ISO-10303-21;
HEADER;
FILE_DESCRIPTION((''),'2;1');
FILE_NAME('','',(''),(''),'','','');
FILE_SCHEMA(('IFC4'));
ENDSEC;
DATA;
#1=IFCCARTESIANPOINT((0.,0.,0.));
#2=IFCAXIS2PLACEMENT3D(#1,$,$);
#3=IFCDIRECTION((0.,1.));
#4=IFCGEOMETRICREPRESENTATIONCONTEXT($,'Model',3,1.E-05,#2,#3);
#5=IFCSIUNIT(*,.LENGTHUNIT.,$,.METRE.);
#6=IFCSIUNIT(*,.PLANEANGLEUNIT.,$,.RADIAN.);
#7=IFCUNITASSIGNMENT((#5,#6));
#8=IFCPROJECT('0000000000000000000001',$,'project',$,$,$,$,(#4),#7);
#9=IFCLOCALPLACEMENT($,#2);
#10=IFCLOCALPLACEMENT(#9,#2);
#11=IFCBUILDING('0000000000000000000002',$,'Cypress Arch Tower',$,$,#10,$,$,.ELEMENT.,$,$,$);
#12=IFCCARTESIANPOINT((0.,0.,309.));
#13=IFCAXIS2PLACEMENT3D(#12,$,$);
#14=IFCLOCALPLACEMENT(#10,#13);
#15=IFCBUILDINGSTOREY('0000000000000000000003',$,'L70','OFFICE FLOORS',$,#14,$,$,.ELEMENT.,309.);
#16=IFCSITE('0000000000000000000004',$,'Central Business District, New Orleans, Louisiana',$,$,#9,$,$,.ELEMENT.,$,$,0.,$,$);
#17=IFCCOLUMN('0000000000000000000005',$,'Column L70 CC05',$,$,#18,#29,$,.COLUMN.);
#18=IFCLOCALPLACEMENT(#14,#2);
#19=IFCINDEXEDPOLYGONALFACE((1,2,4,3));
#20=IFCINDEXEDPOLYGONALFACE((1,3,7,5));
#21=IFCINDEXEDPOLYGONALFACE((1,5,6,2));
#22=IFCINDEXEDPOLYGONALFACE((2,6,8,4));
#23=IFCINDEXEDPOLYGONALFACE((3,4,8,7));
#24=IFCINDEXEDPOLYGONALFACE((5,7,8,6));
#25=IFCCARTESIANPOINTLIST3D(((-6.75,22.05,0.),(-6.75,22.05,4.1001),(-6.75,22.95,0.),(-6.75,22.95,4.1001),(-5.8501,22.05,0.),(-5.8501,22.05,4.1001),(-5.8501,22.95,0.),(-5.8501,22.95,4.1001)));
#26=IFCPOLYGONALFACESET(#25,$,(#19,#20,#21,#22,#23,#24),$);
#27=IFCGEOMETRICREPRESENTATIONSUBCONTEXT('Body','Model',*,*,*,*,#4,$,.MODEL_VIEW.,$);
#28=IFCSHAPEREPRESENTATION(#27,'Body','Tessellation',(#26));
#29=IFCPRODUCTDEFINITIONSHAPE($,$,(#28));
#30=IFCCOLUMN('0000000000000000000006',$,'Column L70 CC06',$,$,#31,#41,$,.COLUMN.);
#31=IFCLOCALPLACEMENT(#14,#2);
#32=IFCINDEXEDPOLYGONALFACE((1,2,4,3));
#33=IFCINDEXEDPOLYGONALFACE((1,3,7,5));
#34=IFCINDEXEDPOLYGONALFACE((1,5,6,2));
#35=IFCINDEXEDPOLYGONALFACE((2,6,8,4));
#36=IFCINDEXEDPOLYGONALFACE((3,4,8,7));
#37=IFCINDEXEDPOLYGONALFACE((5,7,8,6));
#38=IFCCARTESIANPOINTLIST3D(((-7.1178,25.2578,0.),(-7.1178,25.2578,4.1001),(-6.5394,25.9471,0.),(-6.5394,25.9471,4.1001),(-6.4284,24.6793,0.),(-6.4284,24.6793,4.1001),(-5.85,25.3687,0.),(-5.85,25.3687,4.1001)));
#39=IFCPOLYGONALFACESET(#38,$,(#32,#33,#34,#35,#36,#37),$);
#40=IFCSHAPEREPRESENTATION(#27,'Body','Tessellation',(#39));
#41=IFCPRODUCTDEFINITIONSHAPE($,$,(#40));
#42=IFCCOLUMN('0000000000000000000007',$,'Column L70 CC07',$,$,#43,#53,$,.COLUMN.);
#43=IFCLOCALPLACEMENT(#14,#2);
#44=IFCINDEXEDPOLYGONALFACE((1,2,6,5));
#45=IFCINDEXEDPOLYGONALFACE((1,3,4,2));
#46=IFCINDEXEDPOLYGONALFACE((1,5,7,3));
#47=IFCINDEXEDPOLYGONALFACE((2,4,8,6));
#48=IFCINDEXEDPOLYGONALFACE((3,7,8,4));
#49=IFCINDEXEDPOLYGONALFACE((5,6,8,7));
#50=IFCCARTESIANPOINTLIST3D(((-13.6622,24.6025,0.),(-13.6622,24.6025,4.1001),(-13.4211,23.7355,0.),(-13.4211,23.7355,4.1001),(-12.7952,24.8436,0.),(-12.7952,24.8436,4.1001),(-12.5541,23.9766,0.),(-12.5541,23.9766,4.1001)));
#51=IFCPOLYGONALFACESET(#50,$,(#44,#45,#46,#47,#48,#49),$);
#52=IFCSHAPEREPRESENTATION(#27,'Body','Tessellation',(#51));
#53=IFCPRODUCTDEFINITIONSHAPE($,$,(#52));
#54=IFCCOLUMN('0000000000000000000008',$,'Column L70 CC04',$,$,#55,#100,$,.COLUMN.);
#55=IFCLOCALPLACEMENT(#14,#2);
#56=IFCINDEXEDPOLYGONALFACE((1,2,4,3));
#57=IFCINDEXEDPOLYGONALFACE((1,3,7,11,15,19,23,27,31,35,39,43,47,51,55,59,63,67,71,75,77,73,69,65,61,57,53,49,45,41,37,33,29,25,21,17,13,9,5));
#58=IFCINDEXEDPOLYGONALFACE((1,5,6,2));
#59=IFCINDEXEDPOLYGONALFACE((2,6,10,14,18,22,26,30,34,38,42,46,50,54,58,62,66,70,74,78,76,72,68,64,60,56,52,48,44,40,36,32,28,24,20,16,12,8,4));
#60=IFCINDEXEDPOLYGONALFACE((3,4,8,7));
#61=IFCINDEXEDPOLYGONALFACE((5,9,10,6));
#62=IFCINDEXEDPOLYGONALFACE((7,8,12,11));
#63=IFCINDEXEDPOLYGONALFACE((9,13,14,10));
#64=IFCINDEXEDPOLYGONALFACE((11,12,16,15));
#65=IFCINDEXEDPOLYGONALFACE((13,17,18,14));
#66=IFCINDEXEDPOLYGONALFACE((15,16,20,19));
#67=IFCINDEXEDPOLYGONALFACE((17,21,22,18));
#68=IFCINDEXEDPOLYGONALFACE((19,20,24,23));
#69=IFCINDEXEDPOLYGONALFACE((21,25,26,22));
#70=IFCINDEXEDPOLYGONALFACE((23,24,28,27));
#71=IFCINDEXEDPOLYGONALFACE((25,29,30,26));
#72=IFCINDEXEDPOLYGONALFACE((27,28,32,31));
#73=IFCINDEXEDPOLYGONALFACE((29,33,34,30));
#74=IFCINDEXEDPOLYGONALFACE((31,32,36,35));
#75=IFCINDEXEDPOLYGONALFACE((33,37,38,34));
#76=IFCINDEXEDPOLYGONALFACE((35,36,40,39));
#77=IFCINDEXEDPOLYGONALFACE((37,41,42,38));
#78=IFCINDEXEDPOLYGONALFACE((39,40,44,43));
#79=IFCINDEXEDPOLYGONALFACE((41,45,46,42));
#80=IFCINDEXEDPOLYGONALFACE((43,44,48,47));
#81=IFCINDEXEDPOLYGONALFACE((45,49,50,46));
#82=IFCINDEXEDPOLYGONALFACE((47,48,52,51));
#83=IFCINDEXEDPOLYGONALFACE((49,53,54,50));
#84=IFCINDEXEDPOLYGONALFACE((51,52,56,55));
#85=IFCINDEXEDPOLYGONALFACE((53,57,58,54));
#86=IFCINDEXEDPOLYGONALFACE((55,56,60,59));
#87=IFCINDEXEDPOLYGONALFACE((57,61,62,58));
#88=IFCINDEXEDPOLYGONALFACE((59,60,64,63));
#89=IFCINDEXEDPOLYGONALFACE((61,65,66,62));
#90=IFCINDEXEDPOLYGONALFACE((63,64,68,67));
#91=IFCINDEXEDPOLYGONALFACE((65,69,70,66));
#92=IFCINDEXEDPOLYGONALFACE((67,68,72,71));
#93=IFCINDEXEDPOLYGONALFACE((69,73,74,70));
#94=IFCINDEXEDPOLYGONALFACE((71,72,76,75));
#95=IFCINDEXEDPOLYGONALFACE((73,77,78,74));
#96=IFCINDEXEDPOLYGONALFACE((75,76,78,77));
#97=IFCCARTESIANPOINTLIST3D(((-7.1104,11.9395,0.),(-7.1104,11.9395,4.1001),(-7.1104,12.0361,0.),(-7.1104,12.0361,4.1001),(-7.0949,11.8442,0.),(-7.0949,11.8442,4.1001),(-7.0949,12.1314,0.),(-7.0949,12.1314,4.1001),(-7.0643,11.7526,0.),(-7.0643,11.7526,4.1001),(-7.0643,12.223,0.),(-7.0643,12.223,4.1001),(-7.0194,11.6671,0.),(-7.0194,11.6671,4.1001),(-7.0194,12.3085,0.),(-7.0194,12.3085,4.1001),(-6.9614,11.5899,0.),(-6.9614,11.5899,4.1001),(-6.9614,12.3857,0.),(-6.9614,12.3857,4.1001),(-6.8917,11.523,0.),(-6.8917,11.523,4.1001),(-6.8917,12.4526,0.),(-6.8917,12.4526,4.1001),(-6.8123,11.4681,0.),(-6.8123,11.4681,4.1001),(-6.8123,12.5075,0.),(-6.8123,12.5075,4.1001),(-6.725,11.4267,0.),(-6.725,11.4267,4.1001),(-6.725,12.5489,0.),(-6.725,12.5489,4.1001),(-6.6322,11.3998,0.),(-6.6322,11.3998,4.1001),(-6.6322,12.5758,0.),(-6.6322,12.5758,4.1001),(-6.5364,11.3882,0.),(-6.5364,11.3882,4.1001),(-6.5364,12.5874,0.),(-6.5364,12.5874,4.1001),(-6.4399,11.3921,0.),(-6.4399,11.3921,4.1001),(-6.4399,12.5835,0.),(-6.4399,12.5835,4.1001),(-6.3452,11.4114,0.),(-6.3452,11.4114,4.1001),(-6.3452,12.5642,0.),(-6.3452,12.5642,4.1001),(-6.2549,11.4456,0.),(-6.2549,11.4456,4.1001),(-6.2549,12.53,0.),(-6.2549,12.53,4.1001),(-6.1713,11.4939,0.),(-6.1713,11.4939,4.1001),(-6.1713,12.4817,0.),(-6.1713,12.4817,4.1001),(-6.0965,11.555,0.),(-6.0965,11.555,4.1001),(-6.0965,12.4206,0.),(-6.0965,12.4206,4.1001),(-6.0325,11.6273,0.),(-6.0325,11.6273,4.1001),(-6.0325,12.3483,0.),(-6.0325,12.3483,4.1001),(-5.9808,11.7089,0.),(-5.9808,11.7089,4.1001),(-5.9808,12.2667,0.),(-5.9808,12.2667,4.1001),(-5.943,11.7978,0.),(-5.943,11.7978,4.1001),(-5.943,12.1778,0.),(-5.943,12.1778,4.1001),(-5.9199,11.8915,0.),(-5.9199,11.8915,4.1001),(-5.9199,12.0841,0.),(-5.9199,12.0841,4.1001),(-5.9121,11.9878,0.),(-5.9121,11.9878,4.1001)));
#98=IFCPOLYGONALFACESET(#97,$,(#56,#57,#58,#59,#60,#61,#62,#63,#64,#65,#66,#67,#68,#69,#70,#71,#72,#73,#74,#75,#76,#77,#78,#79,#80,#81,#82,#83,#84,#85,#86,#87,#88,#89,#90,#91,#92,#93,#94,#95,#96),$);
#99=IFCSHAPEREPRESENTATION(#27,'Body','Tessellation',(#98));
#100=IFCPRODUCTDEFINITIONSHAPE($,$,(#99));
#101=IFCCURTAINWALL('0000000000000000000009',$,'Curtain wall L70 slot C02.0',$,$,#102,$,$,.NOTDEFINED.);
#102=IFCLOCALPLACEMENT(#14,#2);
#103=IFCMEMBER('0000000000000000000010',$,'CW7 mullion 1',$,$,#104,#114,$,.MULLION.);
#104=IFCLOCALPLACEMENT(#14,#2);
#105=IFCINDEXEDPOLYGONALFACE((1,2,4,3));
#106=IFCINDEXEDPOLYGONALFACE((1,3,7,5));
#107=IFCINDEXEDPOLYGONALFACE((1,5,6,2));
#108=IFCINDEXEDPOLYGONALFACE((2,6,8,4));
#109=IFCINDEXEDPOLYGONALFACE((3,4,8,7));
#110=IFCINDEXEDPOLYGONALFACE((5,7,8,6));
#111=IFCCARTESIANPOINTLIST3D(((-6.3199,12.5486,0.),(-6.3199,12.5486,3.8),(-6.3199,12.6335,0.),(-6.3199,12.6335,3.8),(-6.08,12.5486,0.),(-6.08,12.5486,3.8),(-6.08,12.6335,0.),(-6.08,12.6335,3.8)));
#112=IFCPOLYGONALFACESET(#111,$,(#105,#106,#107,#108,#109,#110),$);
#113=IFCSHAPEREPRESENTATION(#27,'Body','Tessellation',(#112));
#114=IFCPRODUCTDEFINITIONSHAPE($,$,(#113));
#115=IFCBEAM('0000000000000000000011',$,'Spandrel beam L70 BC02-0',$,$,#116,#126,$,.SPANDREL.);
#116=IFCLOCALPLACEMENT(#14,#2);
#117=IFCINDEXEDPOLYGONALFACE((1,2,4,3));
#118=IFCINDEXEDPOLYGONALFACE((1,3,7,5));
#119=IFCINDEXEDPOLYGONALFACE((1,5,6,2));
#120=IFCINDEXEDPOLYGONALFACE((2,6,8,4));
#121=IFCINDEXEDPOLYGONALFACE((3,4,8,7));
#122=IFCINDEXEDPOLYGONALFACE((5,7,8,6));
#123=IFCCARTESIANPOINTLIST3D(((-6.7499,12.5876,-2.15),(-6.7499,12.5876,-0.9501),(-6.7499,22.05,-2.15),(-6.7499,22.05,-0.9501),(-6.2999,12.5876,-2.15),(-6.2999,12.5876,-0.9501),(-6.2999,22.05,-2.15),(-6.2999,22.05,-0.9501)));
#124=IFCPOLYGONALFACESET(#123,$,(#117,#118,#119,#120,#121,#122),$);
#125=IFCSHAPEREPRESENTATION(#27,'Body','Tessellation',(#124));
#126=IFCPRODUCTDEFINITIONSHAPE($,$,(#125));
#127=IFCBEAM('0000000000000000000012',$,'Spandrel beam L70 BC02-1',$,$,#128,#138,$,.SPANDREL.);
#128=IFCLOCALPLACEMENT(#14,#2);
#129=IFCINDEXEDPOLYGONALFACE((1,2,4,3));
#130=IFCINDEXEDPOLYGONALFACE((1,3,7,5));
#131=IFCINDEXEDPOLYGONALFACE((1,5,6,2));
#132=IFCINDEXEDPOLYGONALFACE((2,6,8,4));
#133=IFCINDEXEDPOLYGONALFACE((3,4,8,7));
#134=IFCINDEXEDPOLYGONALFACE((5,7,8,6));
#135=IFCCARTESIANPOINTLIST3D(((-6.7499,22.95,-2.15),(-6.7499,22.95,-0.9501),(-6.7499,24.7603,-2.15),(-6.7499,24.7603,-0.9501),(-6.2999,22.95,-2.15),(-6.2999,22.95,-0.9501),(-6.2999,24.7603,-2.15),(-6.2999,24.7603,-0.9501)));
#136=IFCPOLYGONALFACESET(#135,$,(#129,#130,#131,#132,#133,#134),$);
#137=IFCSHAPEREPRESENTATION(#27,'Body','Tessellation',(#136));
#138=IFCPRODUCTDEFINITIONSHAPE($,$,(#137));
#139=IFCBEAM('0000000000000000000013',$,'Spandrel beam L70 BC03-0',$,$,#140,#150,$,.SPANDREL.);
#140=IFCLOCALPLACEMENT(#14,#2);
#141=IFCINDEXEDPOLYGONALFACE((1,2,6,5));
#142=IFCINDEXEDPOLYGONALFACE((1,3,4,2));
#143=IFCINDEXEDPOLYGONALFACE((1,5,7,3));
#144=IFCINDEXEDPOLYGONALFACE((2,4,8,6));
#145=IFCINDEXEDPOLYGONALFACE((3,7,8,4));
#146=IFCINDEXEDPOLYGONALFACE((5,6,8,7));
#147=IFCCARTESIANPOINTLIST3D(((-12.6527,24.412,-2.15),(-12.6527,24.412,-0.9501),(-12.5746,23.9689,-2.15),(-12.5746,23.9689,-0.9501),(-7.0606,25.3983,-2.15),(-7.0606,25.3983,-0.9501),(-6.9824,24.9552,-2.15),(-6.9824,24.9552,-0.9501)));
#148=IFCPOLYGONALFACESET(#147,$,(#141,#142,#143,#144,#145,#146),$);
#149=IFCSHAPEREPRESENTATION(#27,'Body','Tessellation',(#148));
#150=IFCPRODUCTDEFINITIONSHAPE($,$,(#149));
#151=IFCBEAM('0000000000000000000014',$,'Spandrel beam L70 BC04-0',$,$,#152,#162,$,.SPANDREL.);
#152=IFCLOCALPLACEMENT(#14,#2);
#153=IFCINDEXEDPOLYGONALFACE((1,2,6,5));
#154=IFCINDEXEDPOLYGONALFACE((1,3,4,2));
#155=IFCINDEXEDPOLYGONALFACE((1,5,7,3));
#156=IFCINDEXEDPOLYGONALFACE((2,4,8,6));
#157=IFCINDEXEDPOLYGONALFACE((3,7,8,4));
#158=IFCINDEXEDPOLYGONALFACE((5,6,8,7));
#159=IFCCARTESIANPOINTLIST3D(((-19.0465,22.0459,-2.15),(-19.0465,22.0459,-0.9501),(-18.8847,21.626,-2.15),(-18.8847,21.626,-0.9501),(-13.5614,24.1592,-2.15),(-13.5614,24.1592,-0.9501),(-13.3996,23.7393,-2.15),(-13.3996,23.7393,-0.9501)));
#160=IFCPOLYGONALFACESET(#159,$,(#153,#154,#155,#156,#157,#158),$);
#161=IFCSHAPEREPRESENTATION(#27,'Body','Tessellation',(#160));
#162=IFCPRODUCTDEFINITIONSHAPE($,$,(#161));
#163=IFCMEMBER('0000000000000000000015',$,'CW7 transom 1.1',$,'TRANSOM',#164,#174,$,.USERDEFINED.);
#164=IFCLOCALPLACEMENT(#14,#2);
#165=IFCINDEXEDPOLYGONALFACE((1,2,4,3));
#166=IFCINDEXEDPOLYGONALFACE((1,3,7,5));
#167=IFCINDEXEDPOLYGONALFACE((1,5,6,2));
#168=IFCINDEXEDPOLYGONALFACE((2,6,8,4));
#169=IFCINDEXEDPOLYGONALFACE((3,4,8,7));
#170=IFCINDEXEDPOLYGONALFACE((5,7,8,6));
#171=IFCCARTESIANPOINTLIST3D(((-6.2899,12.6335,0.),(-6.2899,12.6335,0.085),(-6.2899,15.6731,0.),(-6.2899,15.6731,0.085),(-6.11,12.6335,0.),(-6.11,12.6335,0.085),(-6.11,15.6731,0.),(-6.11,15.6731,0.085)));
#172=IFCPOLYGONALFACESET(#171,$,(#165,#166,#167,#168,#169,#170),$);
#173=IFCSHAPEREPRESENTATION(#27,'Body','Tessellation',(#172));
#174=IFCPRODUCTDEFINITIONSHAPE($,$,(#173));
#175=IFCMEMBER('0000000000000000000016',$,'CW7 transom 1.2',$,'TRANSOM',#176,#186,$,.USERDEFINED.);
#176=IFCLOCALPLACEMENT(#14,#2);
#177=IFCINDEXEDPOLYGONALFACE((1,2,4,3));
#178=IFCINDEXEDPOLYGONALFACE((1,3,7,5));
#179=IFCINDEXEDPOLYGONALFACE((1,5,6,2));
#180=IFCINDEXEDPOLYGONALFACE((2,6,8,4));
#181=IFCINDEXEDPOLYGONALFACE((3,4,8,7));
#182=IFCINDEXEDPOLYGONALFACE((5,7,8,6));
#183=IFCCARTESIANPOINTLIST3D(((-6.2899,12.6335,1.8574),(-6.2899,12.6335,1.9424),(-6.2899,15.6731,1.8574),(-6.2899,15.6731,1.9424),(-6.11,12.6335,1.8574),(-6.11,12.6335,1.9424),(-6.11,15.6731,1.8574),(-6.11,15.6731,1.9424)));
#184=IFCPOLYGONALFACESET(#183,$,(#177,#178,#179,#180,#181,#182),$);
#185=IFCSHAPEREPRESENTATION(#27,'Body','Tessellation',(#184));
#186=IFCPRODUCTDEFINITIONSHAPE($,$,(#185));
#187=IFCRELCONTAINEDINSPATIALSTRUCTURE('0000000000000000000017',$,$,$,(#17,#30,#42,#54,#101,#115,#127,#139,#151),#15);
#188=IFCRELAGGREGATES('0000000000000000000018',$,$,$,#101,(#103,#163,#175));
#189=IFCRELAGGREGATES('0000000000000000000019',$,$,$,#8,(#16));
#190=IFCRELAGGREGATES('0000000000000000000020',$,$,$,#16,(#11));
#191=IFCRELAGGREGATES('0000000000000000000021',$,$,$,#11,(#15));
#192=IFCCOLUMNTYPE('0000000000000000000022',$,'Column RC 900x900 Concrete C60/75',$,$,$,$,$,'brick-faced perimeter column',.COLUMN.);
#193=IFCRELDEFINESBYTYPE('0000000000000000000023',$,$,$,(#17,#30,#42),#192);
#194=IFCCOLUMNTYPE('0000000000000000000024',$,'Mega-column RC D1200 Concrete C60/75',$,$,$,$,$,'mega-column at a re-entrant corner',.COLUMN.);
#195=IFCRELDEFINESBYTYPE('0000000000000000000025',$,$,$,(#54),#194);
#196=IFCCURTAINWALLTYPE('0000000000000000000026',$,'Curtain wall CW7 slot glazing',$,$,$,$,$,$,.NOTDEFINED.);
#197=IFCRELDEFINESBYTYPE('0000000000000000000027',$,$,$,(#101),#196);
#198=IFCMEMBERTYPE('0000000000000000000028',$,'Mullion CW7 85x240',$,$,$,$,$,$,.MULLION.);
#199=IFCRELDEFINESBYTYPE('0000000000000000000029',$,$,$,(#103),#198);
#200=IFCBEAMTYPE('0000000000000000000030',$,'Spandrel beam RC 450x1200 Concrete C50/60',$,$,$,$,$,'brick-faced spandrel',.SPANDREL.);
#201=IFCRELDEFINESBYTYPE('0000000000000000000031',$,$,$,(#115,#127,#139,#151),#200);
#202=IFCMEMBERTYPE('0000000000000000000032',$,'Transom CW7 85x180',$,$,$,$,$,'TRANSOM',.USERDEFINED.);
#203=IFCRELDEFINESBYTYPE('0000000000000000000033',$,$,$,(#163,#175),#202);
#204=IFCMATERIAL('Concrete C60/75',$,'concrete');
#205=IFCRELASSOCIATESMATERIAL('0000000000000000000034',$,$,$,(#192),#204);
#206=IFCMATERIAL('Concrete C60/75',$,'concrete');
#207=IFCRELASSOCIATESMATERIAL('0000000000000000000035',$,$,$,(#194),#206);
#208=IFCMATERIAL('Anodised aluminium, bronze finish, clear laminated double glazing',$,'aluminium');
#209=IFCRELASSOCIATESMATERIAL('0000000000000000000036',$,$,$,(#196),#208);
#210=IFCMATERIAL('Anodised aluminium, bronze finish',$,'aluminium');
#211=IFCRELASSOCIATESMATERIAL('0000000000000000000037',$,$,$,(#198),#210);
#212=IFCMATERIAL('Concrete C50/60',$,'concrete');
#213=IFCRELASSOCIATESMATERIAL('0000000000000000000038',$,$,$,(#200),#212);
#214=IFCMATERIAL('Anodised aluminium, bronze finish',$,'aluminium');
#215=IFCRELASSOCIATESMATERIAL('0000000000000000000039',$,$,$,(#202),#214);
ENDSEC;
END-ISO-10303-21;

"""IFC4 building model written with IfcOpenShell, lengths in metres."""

from ifc_helpers import new_model, si_unit, direction, frame, origin, origin_2d, place, context, subcontext, project, spatial, rectangle, circle, extrude, material, material_profile, profile_set, type_object, element, aggregate, save


model = new_model("IFC4")

# Units and contexts
model_context = context("Model", 3, precision=1e-05, world=origin(), true_north=direction((0.0, 1.0)))
body_context = subcontext(model_context, "Body", "Model", "MODEL_VIEW")
ifc_project = project(units=[si_unit("LENGTHUNIT", "METRE"), si_unit("PLANEANGLEUNIT", "RADIAN")], contexts=[model_context])

# Site, building, storey
site_placement = place(None, origin())
site = spatial("IfcSite", under=ifc_project, at=site_placement, Name="Central Business District, New Orleans, Louisiana", CompositionType="ELEMENT", RefElevation=0.0)
building_placement = place(site_placement, origin())
building = spatial("IfcBuilding", under=site, at=building_placement, Name="Cypress Arch Tower", CompositionType="ELEMENT")
storey_placement = place(building_placement, frame((0.0, 0.0, 309.0)))
storey = spatial("IfcBuildingStorey", under=building, at=storey_placement, Name="L70", Description="OFFICE FLOORS", CompositionType="ELEMENT", Elevation=309.0)

# Columns
ifc_material_1 = material(Name="Concrete C60/75", Category="concrete")
ifc_material_profile_1 = material_profile(ifc_material_1, rectangle(XDim=0.8999, YDim=0.8999, at=origin_2d()), Name="RC 900x900")
ifc_profile_set_1 = profile_set([ifc_material_profile_1], Name="Concrete C60/75")
column_type_1 = type_object("IfcColumnType", Name="Column RC 900x900 Concrete C60/75", ElementType="brick-faced perimeter column", PredefinedType="COLUMN", material=ifc_profile_set_1)
for number, where, z_axis, x_axis, name in (
    (1, (-6.3, 22.5, 0.0), (0.0, 0.0, 1.0), (0.0, 1.0, 0.0), "Column L70 CC05"),
    (2, (-6.4839, 25.3132, 0.0), (0.0, 0.0, 1.0), (-0.766064, 0.642765, 0.0), "Column L70 CC06"),
    (3, (-13.1082, 24.2896, 0.0), (0.0, 0.0, 1.0), (-0.963456, -0.267868, 0.0), "Column L70 CC07"),
):
    element("IfcColumn", number, at=place(storey_placement, frame(where, z_axis=z_axis, x_axis=x_axis)), inside=storey, type_object=column_type_1, Name=name, PredefinedType="COLUMN", context=body_context, shape_type="SweptSolid", body=[
        extrude(rectangle(XDim=0.8999, YDim=0.8999, at=origin_2d()), origin(), (0.0, 0.0, 1.0), 4.1001),
    ])
ifc_material_2 = material(Name="Concrete C60/75", Category="concrete")
ifc_material_profile_2 = material_profile(ifc_material_2, circle(Radius=0.6001, at=origin_2d()), Name="RC D1200")
ifc_profile_set_2 = profile_set([ifc_material_profile_2], Name="Concrete C60/75")
column_type_2 = type_object("IfcColumnType", Name="Mega-column RC D1200 Concrete C60/75", ElementType="mega-column at a re-entrant corner", PredefinedType="COLUMN", material=ifc_profile_set_2)
column_placement = place(storey_placement, frame((-6.5122, 11.9878, 0.0), z_axis=(0.0, 0.0, 1.0), x_axis=(1.0, 0.0, 0.0)))
element("IfcColumn", 4, at=column_placement, inside=storey, type_object=column_type_2, Name="Column L70 CC04", PredefinedType="COLUMN", context=body_context, shape_type="SweptSolid", body=[
    extrude(circle(Radius=0.6001, at=origin_2d()), origin(), (0.0, 0.0, 1.0), 4.1001),
])

# Curtain wall, member
ifc_material_3 = material(Name="Anodised aluminium, bronze finish, clear laminated double glazing", Category="aluminium")
curtain_wall_type = type_object("IfcCurtainWallType", Name="Curtain wall CW7 slot glazing", PredefinedType="NOTDEFINED", material=ifc_material_3)
curtain_wall_placement = place(storey_placement, origin())
curtain_wall = element("IfcCurtainWall", 5, at=curtain_wall_placement, inside=storey, type_object=curtain_wall_type, Name="Curtain wall L70 slot C02.0", PredefinedType="NOTDEFINED")
ifc_material_4 = material(Name="Anodised aluminium, bronze finish", Category="aluminium")
ifc_material_profile_3 = material_profile(ifc_material_4, rectangle(XDim=0.24, YDim=0.085, at=origin_2d()), Name="Mullion 85x240")
ifc_profile_set_3 = profile_set([ifc_material_profile_3], Name="Anodised aluminium, bronze finish")
member_type_1 = type_object("IfcMemberType", Name="Mullion CW7 85x240", PredefinedType="MULLION", material=ifc_profile_set_3)
member_1_placement = place(storey_placement, frame((-6.2, 12.5911, 0.0), z_axis=(0.0, 0.0, 1.0), x_axis=(-1.0, 0.0, 0.0)))
member_1 = element("IfcMember", 6, at=member_1_placement, type_object=member_type_1, Name="CW7 mullion 1", PredefinedType="MULLION", context=body_context, shape_type="SweptSolid", body=[
    extrude(rectangle(XDim=0.24, YDim=0.085, at=origin_2d()), origin(), (0.0, 0.0, 1.0), 3.8),
])

# Beams
ifc_material_5 = material(Name="Concrete C50/60", Category="concrete")
ifc_material_profile_4 = material_profile(ifc_material_5, rectangle(XDim=0.45, YDim=1.2, at=origin_2d()), Name="RC 450x1200")
ifc_profile_set_4 = profile_set([ifc_material_profile_4], Name="Concrete C50/60")
beam_type = type_object("IfcBeamType", Name="Spandrel beam RC 450x1200 Concrete C50/60", ElementType="brick-faced spandrel", PredefinedType="SPANDREL", material=ifc_profile_set_4)
beam_1_placement = place(storey_placement, frame((-6.5249, 12.5876, -1.55), z_axis=(0.0, 1.0, 0.0), x_axis=(-1.0, 0.0, 0.0)))
element("IfcBeam", 7, at=beam_1_placement, inside=storey, type_object=beam_type, Name="Spandrel beam L70 BC02-0", PredefinedType="SPANDREL", context=body_context, shape_type="SweptSolid", body=[
    extrude(rectangle(XDim=0.45, YDim=1.2, at=origin_2d()), origin(), (0.0, 0.0, 1.0), 9.4624),
])
beam_2_placement = place(storey_placement, frame((-6.5249, 22.95, -1.55), z_axis=(0.0, 1.0, 0.0), x_axis=(-1.0, 0.0, 0.0)))
element("IfcBeam", 8, at=beam_2_placement, inside=storey, type_object=beam_type, Name="Spandrel beam L70 BC02-1", PredefinedType="SPANDREL", context=body_context, shape_type="SweptSolid", body=[
    extrude(rectangle(XDim=0.45, YDim=1.2, at=origin_2d()), origin(), (0.0, 0.0, 1.0), 1.8103),
])
beam_3_placement = place(storey_placement, frame((-7.0215, 25.1768, -1.55), z_axis=(-0.984799, -0.173699, 0.0), x_axis=(0.173699, -0.984799, 0.0)))
element("IfcBeam", 9, at=beam_3_placement, inside=storey, type_object=beam_type, Name="Spandrel beam L70 BC03-0", PredefinedType="SPANDREL", context=body_context, shape_type="SweptSolid", body=[
    extrude(rectangle(XDim=0.45, YDim=1.2, at=origin_2d()), origin(), (0.0, 0.0, 1.0), 5.6785),
])
beam_4_placement = place(storey_placement, frame((-13.4805, 23.9492, -1.55), z_axis=(-0.933139, -0.359516, 0.0), x_axis=(0.359516, -0.933139, 0.0)))
element("IfcBeam", 10, at=beam_4_placement, inside=storey, type_object=beam_type, Name="Spandrel beam L70 BC04-0", PredefinedType="SPANDREL", context=body_context, shape_type="SweptSolid", body=[
    extrude(rectangle(XDim=0.45, YDim=1.2, at=origin_2d()), origin(), (0.0, 0.0, 1.0), 5.8782),
])

# Members
ifc_material_6 = material(Name="Anodised aluminium, bronze finish", Category="aluminium")
ifc_material_profile_5 = material_profile(ifc_material_6, rectangle(XDim=0.1799, YDim=0.085, at=origin_2d()), Name="Transom 85x180")
ifc_profile_set_5 = profile_set([ifc_material_profile_5], Name="Anodised aluminium, bronze finish")
member_type_2 = type_object("IfcMemberType", Name="Transom CW7 85x180", ElementType="TRANSOM", PredefinedType="USERDEFINED", material=ifc_profile_set_5)
member_2_placement = place(storey_placement, frame((-6.2, 12.6335, 0.0425), z_axis=(0.0, 1.0, 0.0), x_axis=(-1.0, 0.0, 0.0)))
member_2 = element("IfcMember", 11, at=member_2_placement, type_object=member_type_2, Name="CW7 transom 1.1", ObjectType="TRANSOM", PredefinedType="USERDEFINED", context=body_context, shape_type="SweptSolid", body=[
    extrude(rectangle(XDim=0.1799, YDim=0.085, at=origin_2d()), origin(), (0.0, 0.0, 1.0), 3.0396),
])
member_3_placement = place(storey_placement, frame((-6.2, 12.6335, 1.8999), z_axis=(0.0, 1.0, 0.0), x_axis=(-1.0, 0.0, 0.0)))
member_3 = element("IfcMember", 12, at=member_3_placement, type_object=member_type_2, Name="CW7 transom 1.2", ObjectType="TRANSOM", PredefinedType="USERDEFINED", context=body_context, shape_type="SweptSolid", body=[
    extrude(rectangle(XDim=0.1799, YDim=0.085, at=origin_2d()), origin(), (0.0, 0.0, 1.0), 3.0396),
])

aggregate(curtain_wall, [member_1, member_2, member_3])

save(model, "model.ifc")
